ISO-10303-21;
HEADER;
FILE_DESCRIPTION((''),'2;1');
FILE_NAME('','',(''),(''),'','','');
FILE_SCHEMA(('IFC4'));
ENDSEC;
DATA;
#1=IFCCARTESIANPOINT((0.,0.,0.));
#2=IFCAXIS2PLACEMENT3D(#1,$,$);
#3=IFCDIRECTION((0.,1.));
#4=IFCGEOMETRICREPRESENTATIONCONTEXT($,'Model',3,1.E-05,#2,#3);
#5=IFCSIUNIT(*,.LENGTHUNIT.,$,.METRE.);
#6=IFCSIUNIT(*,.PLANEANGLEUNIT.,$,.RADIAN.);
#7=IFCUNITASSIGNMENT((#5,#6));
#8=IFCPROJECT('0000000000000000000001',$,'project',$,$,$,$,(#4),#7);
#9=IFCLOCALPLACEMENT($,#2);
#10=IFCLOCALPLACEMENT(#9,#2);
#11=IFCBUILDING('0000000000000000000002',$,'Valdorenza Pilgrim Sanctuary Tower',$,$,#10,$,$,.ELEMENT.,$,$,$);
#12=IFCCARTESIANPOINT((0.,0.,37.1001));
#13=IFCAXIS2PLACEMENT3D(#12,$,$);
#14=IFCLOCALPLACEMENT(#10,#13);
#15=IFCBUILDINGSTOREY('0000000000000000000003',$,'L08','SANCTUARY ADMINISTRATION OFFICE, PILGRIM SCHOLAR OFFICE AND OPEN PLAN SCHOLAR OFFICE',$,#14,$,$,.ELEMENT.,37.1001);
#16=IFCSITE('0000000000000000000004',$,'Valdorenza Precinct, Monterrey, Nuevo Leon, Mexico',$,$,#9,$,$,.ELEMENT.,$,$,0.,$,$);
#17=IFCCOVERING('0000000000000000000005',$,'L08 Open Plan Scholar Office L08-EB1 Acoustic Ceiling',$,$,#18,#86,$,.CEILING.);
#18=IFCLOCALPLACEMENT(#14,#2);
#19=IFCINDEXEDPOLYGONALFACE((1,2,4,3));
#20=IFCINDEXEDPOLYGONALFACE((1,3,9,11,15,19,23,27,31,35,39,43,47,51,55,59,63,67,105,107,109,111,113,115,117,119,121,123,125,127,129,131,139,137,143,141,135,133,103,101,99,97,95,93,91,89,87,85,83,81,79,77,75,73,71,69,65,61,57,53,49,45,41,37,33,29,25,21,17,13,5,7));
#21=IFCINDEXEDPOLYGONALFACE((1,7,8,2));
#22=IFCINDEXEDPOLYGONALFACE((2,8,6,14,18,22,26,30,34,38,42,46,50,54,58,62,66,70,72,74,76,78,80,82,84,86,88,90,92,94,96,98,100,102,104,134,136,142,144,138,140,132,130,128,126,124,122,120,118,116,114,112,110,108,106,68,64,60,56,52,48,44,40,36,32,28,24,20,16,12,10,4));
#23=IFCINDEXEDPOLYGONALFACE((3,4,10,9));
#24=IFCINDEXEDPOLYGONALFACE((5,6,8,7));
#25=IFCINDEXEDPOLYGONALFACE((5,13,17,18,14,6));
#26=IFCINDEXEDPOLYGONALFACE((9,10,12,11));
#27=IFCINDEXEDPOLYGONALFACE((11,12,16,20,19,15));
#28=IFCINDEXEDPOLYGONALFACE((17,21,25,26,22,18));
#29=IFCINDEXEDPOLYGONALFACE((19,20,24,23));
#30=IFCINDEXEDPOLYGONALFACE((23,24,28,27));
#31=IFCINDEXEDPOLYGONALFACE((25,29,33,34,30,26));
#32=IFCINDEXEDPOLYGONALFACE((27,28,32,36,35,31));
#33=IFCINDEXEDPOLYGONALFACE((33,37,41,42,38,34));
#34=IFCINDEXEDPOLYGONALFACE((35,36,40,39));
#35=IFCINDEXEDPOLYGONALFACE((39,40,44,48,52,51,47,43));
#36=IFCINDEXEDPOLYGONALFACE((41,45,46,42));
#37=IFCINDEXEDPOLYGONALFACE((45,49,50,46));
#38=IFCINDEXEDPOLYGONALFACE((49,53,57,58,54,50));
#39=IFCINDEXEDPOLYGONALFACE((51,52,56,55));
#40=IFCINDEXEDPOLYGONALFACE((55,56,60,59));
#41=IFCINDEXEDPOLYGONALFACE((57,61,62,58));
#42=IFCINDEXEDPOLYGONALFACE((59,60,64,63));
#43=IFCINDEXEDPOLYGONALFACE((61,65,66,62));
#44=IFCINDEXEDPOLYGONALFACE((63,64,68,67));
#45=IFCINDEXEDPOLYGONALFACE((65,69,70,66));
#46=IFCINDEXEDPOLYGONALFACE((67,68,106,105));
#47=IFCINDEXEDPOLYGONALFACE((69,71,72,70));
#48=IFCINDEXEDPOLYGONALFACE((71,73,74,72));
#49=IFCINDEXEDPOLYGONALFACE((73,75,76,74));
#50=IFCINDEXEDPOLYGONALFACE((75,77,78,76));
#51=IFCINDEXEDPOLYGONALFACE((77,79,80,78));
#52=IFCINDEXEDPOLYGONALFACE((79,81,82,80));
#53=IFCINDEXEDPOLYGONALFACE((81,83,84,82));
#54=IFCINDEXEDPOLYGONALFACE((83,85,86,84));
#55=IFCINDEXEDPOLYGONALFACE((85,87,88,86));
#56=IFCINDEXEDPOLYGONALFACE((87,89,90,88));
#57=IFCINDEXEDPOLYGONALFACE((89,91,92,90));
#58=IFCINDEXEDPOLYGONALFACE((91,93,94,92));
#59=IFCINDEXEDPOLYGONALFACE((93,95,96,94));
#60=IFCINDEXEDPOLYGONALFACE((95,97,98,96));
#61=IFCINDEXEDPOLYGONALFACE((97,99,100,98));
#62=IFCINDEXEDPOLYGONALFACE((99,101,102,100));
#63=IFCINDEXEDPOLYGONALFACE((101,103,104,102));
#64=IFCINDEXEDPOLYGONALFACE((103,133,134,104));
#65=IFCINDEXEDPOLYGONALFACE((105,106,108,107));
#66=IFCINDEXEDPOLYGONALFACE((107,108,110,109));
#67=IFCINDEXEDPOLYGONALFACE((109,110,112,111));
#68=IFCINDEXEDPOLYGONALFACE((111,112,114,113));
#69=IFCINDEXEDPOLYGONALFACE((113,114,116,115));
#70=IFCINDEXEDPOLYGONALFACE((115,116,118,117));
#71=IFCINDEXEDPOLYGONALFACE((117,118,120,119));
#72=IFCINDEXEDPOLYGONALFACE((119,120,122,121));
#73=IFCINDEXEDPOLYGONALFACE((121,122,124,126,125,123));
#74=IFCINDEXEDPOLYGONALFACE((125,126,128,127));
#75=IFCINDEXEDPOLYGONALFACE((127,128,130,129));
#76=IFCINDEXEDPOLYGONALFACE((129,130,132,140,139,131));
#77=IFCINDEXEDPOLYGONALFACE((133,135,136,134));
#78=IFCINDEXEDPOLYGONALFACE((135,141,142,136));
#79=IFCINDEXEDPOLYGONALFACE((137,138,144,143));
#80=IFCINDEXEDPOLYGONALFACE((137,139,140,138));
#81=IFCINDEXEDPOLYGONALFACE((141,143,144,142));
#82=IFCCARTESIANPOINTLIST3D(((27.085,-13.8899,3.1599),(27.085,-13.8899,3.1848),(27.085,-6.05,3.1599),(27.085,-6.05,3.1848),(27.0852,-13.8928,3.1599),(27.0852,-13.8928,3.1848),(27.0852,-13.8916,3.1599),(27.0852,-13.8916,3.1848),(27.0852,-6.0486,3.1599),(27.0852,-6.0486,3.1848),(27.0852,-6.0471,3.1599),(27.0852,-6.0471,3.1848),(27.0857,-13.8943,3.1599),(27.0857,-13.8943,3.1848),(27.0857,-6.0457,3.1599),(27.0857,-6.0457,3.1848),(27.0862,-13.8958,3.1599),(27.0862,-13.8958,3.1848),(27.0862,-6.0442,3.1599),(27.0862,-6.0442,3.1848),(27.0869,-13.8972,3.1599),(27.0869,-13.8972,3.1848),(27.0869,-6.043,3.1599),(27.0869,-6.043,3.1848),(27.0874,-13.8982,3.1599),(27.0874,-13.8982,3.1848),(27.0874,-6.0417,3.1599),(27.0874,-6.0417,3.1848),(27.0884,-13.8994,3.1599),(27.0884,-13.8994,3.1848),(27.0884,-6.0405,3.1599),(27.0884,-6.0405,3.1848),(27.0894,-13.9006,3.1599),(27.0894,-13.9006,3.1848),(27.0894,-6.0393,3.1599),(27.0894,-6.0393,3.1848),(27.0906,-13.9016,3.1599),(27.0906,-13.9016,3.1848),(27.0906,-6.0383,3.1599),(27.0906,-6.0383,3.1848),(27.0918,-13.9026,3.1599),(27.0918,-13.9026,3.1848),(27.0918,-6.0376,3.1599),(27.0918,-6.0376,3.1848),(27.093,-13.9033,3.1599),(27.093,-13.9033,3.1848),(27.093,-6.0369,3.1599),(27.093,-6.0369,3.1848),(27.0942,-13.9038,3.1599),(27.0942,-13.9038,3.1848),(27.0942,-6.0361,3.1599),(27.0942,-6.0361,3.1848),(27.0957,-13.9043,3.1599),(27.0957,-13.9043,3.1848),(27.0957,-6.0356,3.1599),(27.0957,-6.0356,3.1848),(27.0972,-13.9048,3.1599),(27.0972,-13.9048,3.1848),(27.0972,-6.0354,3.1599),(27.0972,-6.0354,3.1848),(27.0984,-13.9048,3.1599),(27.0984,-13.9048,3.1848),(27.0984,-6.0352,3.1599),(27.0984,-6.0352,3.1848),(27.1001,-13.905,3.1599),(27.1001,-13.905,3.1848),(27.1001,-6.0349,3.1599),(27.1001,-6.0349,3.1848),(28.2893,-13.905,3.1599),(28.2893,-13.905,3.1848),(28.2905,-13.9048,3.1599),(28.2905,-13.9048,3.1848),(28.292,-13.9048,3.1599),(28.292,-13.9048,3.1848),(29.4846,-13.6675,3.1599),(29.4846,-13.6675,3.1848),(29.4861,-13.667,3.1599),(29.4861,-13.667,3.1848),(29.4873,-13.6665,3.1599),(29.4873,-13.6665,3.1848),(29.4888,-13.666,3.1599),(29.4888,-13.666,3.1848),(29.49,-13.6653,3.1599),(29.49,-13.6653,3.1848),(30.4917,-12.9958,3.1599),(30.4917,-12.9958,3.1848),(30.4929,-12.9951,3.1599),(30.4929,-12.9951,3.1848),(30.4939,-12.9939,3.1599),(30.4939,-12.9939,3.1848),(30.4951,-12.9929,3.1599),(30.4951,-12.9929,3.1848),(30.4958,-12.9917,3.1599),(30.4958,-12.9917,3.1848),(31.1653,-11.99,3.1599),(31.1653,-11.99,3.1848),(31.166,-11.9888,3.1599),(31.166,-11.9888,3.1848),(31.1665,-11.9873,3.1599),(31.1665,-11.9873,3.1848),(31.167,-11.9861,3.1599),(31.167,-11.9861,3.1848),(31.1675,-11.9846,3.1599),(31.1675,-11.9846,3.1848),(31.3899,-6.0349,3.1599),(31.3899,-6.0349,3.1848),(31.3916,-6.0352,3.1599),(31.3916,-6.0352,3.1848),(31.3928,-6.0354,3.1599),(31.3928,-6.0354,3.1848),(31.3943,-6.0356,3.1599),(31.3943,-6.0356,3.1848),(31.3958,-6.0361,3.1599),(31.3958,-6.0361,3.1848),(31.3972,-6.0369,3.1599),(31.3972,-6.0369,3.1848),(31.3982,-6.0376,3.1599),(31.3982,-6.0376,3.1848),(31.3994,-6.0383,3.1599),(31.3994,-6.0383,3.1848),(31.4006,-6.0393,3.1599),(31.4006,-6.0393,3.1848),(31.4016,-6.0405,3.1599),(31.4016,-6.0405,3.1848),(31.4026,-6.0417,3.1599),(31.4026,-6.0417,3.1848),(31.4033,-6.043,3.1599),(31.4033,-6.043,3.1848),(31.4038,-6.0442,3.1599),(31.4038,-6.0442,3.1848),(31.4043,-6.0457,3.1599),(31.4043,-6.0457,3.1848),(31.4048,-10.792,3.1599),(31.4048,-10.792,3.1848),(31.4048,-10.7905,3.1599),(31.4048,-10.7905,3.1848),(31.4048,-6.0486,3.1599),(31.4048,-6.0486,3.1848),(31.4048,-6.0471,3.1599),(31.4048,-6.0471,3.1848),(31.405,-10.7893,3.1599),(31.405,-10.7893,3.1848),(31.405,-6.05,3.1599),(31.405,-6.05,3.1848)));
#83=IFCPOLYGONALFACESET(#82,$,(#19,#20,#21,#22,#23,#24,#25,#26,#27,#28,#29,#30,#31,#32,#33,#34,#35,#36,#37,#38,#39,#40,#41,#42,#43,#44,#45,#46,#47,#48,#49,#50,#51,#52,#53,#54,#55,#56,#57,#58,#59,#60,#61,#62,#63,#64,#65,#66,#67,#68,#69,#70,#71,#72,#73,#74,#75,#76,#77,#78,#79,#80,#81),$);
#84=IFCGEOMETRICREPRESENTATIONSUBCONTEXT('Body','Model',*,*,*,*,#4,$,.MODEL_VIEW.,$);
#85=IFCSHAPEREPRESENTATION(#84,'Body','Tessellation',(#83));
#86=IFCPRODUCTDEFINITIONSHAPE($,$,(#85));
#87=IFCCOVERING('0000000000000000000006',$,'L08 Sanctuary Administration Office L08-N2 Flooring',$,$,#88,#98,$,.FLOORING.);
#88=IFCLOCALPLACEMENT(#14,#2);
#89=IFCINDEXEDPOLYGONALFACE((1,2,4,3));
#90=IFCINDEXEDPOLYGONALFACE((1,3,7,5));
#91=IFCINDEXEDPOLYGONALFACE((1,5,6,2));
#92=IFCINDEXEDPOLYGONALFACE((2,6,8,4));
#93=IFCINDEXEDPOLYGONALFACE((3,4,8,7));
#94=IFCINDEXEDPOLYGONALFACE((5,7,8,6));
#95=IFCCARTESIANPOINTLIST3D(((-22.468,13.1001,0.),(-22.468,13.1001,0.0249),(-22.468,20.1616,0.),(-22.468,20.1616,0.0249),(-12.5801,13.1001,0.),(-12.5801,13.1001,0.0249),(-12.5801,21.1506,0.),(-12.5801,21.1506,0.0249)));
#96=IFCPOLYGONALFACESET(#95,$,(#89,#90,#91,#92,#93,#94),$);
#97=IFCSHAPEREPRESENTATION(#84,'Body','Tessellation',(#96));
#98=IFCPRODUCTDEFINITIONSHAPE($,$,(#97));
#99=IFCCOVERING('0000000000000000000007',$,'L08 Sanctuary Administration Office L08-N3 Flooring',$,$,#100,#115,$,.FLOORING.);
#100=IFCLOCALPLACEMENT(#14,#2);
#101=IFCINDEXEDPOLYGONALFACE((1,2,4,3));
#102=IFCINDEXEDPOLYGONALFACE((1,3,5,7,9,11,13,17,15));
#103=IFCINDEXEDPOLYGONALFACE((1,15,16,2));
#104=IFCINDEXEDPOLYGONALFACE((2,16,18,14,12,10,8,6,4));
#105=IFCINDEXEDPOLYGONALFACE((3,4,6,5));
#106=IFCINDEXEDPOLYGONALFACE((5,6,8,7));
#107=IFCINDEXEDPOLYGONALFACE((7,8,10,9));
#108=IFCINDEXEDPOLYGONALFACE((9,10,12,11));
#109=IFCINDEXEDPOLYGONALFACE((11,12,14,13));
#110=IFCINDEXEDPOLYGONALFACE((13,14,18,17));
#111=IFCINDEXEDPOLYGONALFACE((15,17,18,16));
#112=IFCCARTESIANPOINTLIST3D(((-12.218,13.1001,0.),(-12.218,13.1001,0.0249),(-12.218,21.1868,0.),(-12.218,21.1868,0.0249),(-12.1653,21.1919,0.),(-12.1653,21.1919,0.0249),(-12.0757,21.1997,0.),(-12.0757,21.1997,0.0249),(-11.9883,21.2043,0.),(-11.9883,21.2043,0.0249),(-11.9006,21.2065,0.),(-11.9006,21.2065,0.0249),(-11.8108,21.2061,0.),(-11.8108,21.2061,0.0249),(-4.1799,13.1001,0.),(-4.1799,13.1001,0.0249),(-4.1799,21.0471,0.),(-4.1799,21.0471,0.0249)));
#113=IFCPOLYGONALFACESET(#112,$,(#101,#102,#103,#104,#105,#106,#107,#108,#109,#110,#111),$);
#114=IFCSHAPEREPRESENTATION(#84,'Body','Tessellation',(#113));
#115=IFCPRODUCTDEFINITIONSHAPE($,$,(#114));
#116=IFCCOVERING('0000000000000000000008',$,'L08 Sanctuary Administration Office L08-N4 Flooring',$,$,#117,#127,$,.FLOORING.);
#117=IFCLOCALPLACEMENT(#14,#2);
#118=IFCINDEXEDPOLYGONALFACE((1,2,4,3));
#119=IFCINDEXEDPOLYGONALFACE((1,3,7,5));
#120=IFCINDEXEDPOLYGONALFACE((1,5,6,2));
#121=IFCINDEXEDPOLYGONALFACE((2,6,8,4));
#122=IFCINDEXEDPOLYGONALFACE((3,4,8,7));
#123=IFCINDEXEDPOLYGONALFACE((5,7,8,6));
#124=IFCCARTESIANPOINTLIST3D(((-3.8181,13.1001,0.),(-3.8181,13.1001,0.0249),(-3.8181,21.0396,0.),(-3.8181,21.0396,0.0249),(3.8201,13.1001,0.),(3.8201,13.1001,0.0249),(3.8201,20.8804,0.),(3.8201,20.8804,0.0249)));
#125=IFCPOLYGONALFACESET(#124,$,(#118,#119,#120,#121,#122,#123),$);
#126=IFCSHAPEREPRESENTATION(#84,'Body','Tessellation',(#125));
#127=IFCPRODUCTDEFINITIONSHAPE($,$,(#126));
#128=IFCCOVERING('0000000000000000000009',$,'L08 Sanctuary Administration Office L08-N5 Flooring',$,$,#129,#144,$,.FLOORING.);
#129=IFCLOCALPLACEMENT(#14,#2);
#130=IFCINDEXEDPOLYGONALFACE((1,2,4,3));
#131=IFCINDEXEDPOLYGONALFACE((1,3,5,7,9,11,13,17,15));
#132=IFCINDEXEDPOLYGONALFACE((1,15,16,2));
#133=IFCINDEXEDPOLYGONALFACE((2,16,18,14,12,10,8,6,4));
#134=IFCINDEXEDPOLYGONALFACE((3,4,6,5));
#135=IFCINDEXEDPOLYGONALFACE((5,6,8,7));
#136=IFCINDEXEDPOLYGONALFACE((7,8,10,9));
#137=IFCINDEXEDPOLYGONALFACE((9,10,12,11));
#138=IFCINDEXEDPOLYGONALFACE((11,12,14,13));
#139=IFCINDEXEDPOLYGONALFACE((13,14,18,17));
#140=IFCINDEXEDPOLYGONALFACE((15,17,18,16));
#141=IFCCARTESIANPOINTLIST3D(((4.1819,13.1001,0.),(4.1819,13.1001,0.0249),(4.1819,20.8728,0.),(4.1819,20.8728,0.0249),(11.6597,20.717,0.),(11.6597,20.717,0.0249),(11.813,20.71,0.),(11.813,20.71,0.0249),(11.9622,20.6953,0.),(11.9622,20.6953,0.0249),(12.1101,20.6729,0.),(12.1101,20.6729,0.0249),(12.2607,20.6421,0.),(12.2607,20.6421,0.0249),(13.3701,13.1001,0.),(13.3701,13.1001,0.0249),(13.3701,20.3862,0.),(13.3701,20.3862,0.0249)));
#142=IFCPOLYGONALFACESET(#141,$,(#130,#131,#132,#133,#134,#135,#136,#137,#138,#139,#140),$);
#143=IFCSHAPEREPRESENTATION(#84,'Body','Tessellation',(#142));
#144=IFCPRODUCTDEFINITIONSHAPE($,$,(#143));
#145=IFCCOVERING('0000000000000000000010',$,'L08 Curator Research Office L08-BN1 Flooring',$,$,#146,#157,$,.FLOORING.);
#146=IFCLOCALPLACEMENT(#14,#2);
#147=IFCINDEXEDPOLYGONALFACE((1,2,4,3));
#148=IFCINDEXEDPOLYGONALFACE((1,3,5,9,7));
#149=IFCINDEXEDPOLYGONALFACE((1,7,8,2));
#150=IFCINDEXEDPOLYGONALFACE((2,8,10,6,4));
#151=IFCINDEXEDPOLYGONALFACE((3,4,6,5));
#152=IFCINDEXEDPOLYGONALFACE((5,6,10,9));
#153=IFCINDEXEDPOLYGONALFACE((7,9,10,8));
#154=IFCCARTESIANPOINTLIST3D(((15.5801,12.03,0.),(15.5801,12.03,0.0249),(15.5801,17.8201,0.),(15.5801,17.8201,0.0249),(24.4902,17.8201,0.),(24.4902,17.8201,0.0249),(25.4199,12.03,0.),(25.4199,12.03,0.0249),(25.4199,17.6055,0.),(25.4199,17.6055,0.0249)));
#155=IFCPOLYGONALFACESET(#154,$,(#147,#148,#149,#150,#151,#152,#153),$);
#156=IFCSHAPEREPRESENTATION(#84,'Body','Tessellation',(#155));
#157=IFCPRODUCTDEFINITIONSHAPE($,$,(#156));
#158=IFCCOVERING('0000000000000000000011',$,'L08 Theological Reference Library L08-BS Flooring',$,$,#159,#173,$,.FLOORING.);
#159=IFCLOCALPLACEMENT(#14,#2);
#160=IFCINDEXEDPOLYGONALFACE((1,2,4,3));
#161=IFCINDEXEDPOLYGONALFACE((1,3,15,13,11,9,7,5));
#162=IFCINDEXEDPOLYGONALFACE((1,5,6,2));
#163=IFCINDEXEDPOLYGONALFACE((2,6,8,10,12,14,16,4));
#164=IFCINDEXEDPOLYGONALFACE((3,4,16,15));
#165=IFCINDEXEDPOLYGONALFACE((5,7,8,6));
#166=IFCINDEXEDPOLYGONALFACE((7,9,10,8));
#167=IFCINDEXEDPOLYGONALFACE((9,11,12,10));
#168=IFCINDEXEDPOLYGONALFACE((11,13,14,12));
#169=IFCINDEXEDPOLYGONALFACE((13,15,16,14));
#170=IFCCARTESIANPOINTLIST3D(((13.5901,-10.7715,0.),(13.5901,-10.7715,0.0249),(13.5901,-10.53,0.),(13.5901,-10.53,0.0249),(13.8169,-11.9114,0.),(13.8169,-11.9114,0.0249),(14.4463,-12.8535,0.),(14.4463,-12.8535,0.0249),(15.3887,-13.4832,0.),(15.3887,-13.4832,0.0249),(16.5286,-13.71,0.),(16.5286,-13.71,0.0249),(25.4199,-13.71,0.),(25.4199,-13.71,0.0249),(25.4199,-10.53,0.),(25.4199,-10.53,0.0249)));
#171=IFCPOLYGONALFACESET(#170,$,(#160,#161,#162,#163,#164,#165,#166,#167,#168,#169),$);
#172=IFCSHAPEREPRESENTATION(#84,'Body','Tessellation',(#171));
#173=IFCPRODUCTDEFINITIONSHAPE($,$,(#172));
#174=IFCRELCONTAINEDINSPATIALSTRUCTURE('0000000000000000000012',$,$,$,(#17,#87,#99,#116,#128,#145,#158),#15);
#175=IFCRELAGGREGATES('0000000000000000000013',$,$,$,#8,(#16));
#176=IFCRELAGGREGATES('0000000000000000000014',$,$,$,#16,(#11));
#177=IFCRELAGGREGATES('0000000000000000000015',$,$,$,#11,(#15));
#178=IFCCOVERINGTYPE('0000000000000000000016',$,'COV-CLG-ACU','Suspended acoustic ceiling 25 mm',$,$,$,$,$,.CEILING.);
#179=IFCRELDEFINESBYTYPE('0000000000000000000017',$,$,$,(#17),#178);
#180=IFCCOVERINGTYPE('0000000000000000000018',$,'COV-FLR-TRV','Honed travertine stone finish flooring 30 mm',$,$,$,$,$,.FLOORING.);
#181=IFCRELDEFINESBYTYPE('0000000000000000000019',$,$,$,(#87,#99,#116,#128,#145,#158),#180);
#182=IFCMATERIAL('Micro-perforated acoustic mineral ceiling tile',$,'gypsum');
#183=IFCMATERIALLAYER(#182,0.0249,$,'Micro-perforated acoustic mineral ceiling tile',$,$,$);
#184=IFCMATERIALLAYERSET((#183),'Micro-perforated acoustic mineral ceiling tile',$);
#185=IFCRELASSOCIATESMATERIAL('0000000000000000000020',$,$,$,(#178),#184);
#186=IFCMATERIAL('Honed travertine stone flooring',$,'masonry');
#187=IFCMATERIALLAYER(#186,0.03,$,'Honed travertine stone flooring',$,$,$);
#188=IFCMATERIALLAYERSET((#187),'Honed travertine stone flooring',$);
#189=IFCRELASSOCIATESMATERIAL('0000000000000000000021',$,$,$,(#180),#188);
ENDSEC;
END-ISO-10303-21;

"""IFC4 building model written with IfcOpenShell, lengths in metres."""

from ifc_helpers import new_model, si_unit, direction, frame, origin, place, context, subcontext, project, spatial, polyline, outline, extrude, material, layer, layer_set, type_object, element, save


model = new_model("IFC4")

# Units and contexts
model_context = context("Model", 3, precision=1e-05, world=origin(), true_north=direction((0.0, 1.0)))
body_context = subcontext(model_context, "Body", "Model", "MODEL_VIEW")
ifc_project = project(units=[si_unit("LENGTHUNIT", "METRE"), si_unit("PLANEANGLEUNIT", "RADIAN")], contexts=[model_context])

# Site, building, storey
site_placement = place(None, origin())
site = spatial("IfcSite", under=ifc_project, at=site_placement, Name="Valdorenza Precinct, Monterrey, Nuevo Leon, Mexico", CompositionType="ELEMENT", RefElevation=0.0)
building_placement = place(site_placement, origin())
building = spatial("IfcBuilding", under=site, at=building_placement, Name="Valdorenza Pilgrim Sanctuary Tower", CompositionType="ELEMENT")
storey_placement = place(building_placement, frame((0.0, 0.0, 37.1001)))
storey = spatial("IfcBuildingStorey", under=building, at=storey_placement, Name="L08", Description="SANCTUARY ADMINISTRATION OFFICE, PILGRIM SCHOLAR OFFICE AND OPEN PLAN SCHOLAR OFFICE", CompositionType="ELEMENT", Elevation=37.1001)

# Coverings
ifc_material_1 = material(Name="Micro-perforated acoustic mineral ceiling tile", Category="gypsum")
ifc_layer_1 = layer(ifc_material_1, 0.0249, Name="Micro-perforated acoustic mineral ceiling tile")
ifc_layer_set_1 = layer_set([ifc_layer_1], Name="Micro-perforated acoustic mineral ceiling tile")
covering_type_1 = type_object("IfcCoveringType", Name="COV-CLG-ACU", Description="Suspended acoustic ceiling 25 mm", PredefinedType="CEILING", material=ifc_layer_set_1)
covering_1_placement = place(storey_placement, frame((0.0, 0.0, 3.1599)))
element("IfcCovering", 1, at=covering_1_placement, inside=storey, type_object=covering_type_1, Name="L08 Open Plan Scholar Office L08-EB1 Acoustic Ceiling", PredefinedType="CEILING", context=body_context, shape_type="SweptSolid", body=[
    extrude(outline(polyline([(31.3899, -6.0349), (31.3916, -6.0352), (31.3928, -6.0354), (31.3943, -6.0356), (31.3958, -6.0361), (31.3972, -6.0369), (31.3982, -6.0376), (31.3994, -6.0383), (31.4006, -6.0393), (31.4016, -6.0405), (31.4026, -6.0417), (31.4033, -6.043), (31.4038, -6.0442), (31.4043, -6.0457), (31.4048, -6.0471), (31.4048, -6.0486), (31.405, -6.05), (31.405, -10.7893), (31.4048, -10.7905), (31.4048, -10.792), (31.1675, -11.9846), (31.167, -11.9861), (31.1665, -11.9873), (31.166, -11.9888), (31.1653, -11.99), (30.4958, -12.9917), (30.4951, -12.9929), (30.4939, -12.9939), (30.4929, -12.9951), (30.4917, -12.9958), (29.49, -13.6653), (29.4888, -13.666), (29.4873, -13.6665), (29.4861, -13.667), (29.4846, -13.6675), (28.292, -13.9048), (28.2905, -13.9048), (28.2893, -13.905), (27.1001, -13.905), (27.0984, -13.9048), (27.0972, -13.9048), (27.0957, -13.9043), (27.0942, -13.9038), (27.093, -13.9033), (27.0918, -13.9026), (27.0906, -13.9016), (27.0894, -13.9006), (27.0884, -13.8994), (27.0874, -13.8982), (27.0869, -13.8972), (27.0862, -13.8958), (27.0857, -13.8943), (27.0852, -13.8928), (27.0852, -13.8916), (27.085, -13.8899), (27.085, -6.05), (27.0852, -6.0486), (27.0852, -6.0471), (27.0857, -6.0457), (27.0862, -6.0442), (27.0869, -6.043), (27.0874, -6.0417), (27.0884, -6.0405), (27.0894, -6.0393), (27.0906, -6.0383), (27.0918, -6.0376), (27.093, -6.0369), (27.0942, -6.0361), (27.0957, -6.0356), (27.0972, -6.0354), (27.0984, -6.0352), (27.1001, -6.0349), (31.3899, -6.0349)])), origin(), (0.0, 0.0, 1.0), 0.0249),
])
ifc_material_2 = material(Name="Honed travertine stone flooring", Category="masonry")
ifc_layer_2 = layer(ifc_material_2, 0.03, Name="Honed travertine stone flooring")
ifc_layer_set_2 = layer_set([ifc_layer_2], Name="Honed travertine stone flooring")
covering_type_2 = type_object("IfcCoveringType", Name="COV-FLR-TRV", Description="Honed travertine stone finish flooring 30 mm", PredefinedType="FLOORING", material=ifc_layer_set_2)
covering_2_placement = place(storey_placement, origin())
element("IfcCovering", 2, at=covering_2_placement, inside=storey, type_object=covering_type_2, Name="L08 Sanctuary Administration Office L08-N2 Flooring", PredefinedType="FLOORING", context=body_context, shape_type="SweptSolid", body=[
    extrude(outline(polyline([(-22.468, 13.1001), (-22.468, 20.1616), (-12.5801, 21.1506), (-12.5801, 13.1001), (-22.468, 13.1001)])), origin(), (0.0, 0.0, 1.0), 0.0249),
])
covering_3_placement = place(storey_placement, origin())
element("IfcCovering", 3, at=covering_3_placement, inside=storey, type_object=covering_type_2, Name="L08 Sanctuary Administration Office L08-N3 Flooring", PredefinedType="FLOORING", context=body_context, shape_type="SweptSolid", body=[
    extrude(outline(polyline([(-12.218, 13.1001), (-12.218, 21.1868), (-12.1653, 21.1919), (-12.0757, 21.1997), (-11.9883, 21.2043), (-11.9006, 21.2065), (-11.8108, 21.2061), (-4.1799, 21.0471), (-4.1799, 13.1001), (-12.218, 13.1001)])), origin(), (0.0, 0.0, 1.0), 0.0249),
])
covering_4_placement = place(storey_placement, origin())
element("IfcCovering", 4, at=covering_4_placement, inside=storey, type_object=covering_type_2, Name="L08 Sanctuary Administration Office L08-N4 Flooring", PredefinedType="FLOORING", context=body_context, shape_type="SweptSolid", body=[
    extrude(outline(polyline([(-3.8181, 13.1001), (-3.8181, 21.0396), (3.8201, 20.8804), (3.8201, 13.1001), (-3.8181, 13.1001)])), origin(), (0.0, 0.0, 1.0), 0.0249),
])
covering_5_placement = place(storey_placement, origin())
element("IfcCovering", 5, at=covering_5_placement, inside=storey, type_object=covering_type_2, Name="L08 Sanctuary Administration Office L08-N5 Flooring", PredefinedType="FLOORING", context=body_context, shape_type="SweptSolid", body=[
    extrude(outline(polyline([(4.1819, 13.1001), (4.1819, 20.8728), (11.6597, 20.717), (11.813, 20.71), (11.9622, 20.6953), (12.1101, 20.6729), (12.2607, 20.6421), (13.3701, 20.3862), (13.3701, 13.1001), (4.1819, 13.1001)])), origin(), (0.0, 0.0, 1.0), 0.0249),
])
covering_6_placement = place(storey_placement, origin())
element("IfcCovering", 6, at=covering_6_placement, inside=storey, type_object=covering_type_2, Name="L08 Curator Research Office L08-BN1 Flooring", PredefinedType="FLOORING", context=body_context, shape_type="SweptSolid", body=[
    extrude(outline(polyline([(15.5801, 12.03), (15.5801, 17.8201), (24.4902, 17.8201), (25.4199, 17.6055), (25.4199, 12.03), (15.5801, 12.03)])), origin(), (0.0, 0.0, 1.0), 0.0249),
])
covering_7_placement = place(storey_placement, origin())
element("IfcCovering", 7, at=covering_7_placement, inside=storey, type_object=covering_type_2, Name="L08 Theological Reference Library L08-BS Flooring", PredefinedType="FLOORING", context=body_context, shape_type="SweptSolid", body=[
    extrude(outline(polyline([(25.4199, -13.71), (16.5286, -13.71), (15.3887, -13.4832), (14.4463, -12.8535), (13.8169, -11.9114), (13.5901, -10.7715), (13.5901, -10.53), (25.4199, -10.53), (25.4199, -13.71)])), origin(), (0.0, 0.0, 1.0), 0.0249),
])

save(model, "model.ifc")
